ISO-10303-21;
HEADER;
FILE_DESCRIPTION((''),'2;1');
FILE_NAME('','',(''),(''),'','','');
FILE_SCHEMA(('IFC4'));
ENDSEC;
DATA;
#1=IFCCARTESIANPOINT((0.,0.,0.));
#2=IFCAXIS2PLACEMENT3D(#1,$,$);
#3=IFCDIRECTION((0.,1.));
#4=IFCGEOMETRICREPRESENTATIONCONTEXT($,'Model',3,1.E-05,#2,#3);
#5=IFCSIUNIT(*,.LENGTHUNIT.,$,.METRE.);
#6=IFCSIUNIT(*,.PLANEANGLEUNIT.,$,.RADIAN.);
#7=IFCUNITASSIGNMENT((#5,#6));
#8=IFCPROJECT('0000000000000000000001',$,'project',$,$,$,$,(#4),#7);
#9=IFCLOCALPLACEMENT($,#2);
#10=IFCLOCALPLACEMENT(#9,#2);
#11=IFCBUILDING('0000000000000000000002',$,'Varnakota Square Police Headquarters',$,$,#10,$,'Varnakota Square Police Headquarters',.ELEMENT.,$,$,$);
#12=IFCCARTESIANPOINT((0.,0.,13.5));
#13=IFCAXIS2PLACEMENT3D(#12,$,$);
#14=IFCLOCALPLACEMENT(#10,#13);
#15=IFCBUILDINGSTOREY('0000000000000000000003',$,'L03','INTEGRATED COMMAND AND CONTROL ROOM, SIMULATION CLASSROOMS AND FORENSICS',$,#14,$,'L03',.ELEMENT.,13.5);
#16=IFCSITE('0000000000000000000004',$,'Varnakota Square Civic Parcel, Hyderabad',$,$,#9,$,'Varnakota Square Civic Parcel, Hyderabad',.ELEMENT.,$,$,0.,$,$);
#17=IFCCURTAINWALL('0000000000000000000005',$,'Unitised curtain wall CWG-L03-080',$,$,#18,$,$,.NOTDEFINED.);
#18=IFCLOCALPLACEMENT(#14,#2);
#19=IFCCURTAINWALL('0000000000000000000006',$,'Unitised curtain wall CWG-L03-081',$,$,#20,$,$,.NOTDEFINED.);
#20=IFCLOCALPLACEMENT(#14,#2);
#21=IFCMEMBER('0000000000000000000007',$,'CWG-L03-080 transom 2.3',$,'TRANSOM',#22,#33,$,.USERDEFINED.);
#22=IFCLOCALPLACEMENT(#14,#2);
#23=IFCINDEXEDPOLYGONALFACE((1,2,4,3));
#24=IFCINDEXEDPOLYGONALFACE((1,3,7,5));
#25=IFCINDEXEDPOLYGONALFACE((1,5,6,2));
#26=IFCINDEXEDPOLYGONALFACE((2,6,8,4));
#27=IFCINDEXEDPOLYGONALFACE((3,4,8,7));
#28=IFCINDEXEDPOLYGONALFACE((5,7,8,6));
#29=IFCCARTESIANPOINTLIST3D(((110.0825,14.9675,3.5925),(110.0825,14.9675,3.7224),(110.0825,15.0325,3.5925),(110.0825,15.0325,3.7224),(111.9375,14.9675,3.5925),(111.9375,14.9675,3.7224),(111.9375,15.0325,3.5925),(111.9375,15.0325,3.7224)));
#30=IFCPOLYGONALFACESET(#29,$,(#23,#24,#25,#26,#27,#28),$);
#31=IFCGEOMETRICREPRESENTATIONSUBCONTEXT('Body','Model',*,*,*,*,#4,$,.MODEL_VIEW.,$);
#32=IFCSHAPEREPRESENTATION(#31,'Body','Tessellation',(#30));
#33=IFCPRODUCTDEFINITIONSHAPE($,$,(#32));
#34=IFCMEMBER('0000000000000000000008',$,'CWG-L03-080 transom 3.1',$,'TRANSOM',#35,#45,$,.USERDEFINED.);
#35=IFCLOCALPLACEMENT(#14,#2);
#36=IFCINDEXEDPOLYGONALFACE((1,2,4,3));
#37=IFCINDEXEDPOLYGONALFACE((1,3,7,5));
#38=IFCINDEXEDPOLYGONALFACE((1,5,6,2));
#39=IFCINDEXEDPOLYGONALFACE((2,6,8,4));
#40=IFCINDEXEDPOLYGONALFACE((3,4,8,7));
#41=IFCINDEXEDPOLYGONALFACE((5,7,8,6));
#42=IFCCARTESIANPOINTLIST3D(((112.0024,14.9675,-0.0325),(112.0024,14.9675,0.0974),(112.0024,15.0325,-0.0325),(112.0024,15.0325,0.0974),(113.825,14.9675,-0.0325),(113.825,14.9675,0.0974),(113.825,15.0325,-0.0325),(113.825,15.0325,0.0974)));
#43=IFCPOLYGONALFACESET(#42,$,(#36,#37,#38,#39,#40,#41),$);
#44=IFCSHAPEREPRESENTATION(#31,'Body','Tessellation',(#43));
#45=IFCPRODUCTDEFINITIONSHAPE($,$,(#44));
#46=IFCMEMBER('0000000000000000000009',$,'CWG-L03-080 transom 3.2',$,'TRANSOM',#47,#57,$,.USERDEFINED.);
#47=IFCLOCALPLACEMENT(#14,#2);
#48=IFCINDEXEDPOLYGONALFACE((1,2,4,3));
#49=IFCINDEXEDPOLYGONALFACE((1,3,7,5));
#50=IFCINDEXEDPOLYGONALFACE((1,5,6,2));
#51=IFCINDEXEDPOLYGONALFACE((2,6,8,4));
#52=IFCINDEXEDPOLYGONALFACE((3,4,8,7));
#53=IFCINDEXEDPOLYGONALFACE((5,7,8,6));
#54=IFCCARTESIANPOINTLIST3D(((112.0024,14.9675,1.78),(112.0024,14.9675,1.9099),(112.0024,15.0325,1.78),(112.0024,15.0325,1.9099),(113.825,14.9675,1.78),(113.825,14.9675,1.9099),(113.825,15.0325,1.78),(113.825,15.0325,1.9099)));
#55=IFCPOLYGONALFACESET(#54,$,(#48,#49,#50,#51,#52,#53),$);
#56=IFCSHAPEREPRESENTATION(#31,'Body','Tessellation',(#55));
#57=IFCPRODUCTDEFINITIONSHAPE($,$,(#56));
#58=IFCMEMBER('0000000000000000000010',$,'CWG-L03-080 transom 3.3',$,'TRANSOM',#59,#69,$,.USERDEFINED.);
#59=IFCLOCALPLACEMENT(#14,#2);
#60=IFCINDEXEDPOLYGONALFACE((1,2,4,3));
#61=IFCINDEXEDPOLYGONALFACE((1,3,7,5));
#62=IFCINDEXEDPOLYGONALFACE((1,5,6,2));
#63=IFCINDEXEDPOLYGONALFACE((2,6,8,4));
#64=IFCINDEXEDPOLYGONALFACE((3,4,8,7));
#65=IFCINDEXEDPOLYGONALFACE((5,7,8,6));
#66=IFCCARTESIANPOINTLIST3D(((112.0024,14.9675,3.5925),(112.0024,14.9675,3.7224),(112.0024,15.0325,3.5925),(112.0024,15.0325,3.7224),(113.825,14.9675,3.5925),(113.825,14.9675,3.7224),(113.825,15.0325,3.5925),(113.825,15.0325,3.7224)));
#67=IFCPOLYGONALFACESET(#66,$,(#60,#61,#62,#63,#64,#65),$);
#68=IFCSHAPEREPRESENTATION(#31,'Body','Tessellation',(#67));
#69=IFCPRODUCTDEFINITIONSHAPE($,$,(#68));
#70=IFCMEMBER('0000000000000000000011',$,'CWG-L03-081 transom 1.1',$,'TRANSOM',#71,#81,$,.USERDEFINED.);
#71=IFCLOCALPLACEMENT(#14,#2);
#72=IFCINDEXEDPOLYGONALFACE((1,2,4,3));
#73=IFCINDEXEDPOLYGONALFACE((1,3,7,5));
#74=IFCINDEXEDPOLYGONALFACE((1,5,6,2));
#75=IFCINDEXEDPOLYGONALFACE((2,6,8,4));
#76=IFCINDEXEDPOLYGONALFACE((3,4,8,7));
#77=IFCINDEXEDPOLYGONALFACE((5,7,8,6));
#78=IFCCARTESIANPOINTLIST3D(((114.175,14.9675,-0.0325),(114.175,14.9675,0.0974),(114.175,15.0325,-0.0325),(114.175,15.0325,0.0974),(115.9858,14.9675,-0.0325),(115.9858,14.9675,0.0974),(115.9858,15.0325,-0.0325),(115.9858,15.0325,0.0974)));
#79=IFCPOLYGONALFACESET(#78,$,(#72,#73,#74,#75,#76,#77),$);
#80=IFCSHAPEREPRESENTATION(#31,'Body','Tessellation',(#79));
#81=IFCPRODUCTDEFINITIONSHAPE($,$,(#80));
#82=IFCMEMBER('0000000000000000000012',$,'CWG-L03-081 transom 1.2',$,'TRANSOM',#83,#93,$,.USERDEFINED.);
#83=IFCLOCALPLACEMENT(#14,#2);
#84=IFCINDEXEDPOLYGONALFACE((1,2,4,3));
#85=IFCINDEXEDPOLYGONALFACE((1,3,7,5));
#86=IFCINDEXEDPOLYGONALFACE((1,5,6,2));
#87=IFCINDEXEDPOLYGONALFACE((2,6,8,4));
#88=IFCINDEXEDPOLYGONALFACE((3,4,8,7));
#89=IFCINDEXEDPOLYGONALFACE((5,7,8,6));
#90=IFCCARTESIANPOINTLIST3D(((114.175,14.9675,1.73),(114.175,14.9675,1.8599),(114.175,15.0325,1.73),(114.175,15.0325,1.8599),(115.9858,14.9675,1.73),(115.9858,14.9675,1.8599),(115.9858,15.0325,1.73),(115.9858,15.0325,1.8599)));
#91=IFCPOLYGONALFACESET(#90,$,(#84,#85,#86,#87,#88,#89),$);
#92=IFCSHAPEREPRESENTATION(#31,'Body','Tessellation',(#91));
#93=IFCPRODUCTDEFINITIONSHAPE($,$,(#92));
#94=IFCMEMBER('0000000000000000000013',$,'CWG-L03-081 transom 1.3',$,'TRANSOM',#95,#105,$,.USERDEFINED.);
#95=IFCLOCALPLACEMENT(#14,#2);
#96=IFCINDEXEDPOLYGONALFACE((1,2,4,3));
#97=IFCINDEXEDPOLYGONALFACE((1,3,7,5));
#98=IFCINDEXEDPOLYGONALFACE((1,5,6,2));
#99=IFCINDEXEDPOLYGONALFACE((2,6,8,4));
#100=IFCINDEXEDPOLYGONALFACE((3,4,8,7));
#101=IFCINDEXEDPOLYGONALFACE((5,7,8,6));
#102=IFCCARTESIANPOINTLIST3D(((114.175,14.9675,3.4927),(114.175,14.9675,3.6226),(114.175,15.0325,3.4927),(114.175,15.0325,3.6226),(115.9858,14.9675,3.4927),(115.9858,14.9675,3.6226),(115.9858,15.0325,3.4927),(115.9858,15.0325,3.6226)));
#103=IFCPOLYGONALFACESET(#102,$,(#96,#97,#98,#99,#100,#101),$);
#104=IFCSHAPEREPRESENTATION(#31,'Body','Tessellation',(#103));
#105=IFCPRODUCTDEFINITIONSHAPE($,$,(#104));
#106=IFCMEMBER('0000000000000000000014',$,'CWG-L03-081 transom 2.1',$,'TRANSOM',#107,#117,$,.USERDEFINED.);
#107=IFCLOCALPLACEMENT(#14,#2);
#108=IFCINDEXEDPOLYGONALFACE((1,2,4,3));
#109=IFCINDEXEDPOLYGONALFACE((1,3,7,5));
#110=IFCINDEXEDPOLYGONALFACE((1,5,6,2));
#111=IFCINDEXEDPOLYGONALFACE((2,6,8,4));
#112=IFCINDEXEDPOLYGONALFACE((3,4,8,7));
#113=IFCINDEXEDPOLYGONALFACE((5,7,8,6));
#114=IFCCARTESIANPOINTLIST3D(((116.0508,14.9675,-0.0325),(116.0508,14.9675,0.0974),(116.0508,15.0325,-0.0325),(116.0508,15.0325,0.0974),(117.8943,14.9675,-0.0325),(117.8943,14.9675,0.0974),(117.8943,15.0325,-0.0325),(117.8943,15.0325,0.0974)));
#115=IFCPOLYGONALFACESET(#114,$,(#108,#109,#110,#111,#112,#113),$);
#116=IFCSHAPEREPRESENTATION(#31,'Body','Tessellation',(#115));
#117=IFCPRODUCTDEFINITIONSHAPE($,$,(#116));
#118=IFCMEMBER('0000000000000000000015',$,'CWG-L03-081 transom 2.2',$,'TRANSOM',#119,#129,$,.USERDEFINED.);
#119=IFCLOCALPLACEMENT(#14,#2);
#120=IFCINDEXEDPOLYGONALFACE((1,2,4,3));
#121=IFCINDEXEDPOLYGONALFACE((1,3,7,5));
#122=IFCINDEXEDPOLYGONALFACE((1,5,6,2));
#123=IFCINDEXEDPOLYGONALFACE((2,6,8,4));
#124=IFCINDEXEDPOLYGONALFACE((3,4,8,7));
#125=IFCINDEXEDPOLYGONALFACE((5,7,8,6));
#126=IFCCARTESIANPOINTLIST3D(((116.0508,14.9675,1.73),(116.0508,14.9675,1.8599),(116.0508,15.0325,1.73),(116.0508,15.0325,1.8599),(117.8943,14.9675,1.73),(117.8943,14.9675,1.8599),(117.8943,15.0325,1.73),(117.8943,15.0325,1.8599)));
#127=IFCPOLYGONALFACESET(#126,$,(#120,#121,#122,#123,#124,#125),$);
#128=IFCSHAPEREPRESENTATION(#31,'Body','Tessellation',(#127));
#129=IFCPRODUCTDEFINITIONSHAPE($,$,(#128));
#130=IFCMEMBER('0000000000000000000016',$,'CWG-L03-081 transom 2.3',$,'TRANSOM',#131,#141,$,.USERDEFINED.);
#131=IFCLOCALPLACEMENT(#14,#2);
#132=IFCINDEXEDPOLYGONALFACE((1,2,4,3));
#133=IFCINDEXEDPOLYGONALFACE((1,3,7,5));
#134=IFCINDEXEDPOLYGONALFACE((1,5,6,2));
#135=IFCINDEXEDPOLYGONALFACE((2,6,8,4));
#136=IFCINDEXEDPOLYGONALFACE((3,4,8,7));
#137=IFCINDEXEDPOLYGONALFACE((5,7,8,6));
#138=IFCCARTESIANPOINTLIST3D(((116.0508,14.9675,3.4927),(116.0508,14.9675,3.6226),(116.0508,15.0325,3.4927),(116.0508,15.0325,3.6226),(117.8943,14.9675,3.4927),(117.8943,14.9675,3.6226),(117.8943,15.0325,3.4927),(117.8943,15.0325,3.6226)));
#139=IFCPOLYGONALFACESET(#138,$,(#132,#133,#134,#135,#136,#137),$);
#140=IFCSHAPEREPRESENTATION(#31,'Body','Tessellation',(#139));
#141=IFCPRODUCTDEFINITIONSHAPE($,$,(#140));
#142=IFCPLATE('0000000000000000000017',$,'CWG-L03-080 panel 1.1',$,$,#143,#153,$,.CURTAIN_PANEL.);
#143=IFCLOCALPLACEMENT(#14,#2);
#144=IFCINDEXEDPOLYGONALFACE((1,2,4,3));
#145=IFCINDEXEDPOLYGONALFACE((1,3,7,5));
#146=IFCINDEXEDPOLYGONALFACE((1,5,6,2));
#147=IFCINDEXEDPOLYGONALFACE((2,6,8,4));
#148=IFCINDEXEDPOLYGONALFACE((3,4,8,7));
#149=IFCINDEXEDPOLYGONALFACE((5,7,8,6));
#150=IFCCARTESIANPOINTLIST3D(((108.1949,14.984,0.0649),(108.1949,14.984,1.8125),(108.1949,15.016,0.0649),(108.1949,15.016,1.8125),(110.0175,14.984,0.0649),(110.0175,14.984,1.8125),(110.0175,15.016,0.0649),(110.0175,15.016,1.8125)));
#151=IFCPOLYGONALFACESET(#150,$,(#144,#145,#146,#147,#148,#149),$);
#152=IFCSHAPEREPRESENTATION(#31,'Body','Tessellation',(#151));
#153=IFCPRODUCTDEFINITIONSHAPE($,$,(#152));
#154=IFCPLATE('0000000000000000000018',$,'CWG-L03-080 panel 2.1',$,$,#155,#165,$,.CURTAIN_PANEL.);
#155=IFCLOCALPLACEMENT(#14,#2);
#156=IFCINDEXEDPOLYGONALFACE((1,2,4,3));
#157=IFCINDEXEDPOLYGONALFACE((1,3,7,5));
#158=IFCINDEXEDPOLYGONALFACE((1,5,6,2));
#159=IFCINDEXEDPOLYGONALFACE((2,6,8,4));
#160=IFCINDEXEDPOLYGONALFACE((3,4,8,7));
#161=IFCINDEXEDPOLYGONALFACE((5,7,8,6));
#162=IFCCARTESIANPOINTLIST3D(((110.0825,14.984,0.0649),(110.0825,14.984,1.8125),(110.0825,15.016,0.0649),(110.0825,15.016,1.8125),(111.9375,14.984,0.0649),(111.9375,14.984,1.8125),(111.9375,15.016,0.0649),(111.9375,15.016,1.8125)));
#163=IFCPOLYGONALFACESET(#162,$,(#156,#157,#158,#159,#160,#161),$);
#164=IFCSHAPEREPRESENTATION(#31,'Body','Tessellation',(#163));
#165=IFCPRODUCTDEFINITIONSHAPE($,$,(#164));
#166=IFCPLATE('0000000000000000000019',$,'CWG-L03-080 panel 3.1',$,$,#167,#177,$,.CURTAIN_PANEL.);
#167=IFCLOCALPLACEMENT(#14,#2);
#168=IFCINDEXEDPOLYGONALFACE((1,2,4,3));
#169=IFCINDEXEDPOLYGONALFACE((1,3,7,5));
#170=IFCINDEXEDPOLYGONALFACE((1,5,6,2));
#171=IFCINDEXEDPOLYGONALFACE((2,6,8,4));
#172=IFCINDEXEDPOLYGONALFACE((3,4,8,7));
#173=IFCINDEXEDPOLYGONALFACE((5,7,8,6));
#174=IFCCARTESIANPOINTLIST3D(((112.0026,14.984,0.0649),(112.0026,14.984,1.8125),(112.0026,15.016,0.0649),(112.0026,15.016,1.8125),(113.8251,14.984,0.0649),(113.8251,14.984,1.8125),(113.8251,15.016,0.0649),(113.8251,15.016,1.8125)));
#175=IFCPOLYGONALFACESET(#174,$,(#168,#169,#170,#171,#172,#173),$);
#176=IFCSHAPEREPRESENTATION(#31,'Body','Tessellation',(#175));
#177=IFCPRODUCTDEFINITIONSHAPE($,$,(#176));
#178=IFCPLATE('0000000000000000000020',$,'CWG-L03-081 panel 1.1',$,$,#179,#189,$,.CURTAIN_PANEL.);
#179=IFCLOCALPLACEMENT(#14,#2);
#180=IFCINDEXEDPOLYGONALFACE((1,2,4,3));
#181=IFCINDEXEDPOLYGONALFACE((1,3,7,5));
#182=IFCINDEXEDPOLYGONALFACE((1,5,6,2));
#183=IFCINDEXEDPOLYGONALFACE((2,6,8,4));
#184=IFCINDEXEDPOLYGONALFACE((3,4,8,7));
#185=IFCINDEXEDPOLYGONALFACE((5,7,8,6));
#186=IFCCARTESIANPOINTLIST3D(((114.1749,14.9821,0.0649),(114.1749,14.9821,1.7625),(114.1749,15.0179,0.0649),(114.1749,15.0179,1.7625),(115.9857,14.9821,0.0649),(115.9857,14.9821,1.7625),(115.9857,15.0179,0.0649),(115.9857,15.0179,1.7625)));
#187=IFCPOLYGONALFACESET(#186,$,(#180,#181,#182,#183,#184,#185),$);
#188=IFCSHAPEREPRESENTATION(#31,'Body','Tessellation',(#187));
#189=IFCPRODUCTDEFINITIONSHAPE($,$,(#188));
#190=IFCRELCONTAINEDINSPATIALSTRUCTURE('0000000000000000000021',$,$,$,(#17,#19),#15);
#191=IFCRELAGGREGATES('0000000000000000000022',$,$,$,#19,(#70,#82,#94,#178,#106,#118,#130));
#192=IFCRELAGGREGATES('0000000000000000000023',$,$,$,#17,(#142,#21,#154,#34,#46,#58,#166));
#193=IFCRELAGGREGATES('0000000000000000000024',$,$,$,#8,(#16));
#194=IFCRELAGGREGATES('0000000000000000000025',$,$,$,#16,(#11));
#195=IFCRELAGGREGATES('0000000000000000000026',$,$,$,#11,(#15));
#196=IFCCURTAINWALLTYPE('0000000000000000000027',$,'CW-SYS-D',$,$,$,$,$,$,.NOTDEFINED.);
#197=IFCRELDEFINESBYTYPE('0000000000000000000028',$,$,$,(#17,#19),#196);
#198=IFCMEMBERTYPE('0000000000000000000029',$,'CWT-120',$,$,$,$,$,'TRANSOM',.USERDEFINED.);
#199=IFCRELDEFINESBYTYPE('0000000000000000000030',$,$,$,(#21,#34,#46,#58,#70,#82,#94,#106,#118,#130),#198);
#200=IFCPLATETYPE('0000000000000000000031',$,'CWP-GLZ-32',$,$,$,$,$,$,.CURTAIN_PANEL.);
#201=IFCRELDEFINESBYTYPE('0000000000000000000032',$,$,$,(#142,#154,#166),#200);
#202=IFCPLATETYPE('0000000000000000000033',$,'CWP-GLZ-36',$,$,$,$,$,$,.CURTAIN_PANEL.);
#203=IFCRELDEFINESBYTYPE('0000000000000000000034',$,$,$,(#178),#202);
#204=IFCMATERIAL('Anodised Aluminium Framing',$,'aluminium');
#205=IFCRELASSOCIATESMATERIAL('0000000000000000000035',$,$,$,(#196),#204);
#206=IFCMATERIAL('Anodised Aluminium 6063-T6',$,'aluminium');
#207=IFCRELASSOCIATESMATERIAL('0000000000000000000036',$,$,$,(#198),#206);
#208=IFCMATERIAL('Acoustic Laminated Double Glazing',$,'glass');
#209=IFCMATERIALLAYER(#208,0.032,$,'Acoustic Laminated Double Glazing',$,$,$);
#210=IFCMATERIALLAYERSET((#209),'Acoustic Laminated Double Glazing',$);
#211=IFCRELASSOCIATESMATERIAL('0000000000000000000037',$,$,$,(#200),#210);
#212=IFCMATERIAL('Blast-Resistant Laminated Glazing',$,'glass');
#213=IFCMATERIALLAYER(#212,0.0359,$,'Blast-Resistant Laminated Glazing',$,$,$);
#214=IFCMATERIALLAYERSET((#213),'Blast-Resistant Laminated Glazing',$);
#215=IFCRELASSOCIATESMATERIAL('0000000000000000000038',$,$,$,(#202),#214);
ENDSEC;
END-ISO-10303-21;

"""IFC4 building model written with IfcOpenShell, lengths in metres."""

from ifc_helpers import new_model, si_unit, direction, frame, origin, origin_2d, place, context, subcontext, project, spatial, rectangle, extrude, material, layer, layer_set, material_profile, profile_set, type_object, element, aggregate, save


model = new_model("IFC4")

# Units and contexts
model_context = context("Model", 3, precision=1e-05, world=origin(), true_north=direction((0.0, 1.0)))
body_context = subcontext(model_context, "Body", "Model", "MODEL_VIEW")
ifc_project = project(units=[si_unit("LENGTHUNIT", "METRE"), si_unit("PLANEANGLEUNIT", "RADIAN")], contexts=[model_context])

# Site, building, storey
site_placement = place(None, origin())
site = spatial("IfcSite", under=ifc_project, at=site_placement, Name="Varnakota Square Civic Parcel, Hyderabad", LongName="Varnakota Square Civic Parcel, Hyderabad", CompositionType="ELEMENT", RefElevation=0.0)
building_placement = place(site_placement, origin())
building = spatial("IfcBuilding", under=site, at=building_placement, Name="Varnakota Square Police Headquarters", LongName="Varnakota Square Police Headquarters", CompositionType="ELEMENT")
storey_placement = place(building_placement, frame((0.0, 0.0, 13.5)))
storey = spatial("IfcBuildingStorey", under=building, at=storey_placement, Name="L03", Description="INTEGRATED COMMAND AND CONTROL ROOM, SIMULATION CLASSROOMS AND FORENSICS", LongName="L03", CompositionType="ELEMENT", Elevation=13.5)

# Curtain walls
ifc_material_1 = material(Name="Anodised Aluminium Framing", Category="aluminium")
curtain_wall_type = type_object("IfcCurtainWallType", Name="CW-SYS-D", PredefinedType="NOTDEFINED", material=ifc_material_1)
curtain_wall_1_placement = place(storey_placement, origin())
curtain_wall_1 = element("IfcCurtainWall", 1, at=curtain_wall_1_placement, inside=storey, type_object=curtain_wall_type, Name="Unitised curtain wall CWG-L03-080", PredefinedType="NOTDEFINED")
ifc_material_2 = material(Name="Anodised Aluminium 6063-T6", Category="aluminium")
curtain_wall_2_placement = place(storey_placement, origin())
curtain_wall_2 = element("IfcCurtainWall", 2, at=curtain_wall_2_placement, inside=storey, type_object=curtain_wall_type, Name="Unitised curtain wall CWG-L03-081", PredefinedType="NOTDEFINED")

# Members
ifc_material_profile_1 = material_profile(ifc_material_2, rectangle(XDim=0.0649, YDim=0.1299, at=origin_2d()), Name="ALU TRANSOM 65x130")
ifc_profile_set_1 = profile_set([ifc_material_profile_1], Name="Anodised Aluminium 6063-T6")
member_type_1 = type_object("IfcMemberType", Name="CWT-120", ElementType="TRANSOM", PredefinedType="USERDEFINED", material=ifc_profile_set_1)
member_1_placement = place(storey_placement, frame((110.0825, 15.0, 3.6575), z_axis=(1.0, 0.0, 0.0), x_axis=(0.0, 1.0, 0.0)))
member_1 = element("IfcMember", 3, at=member_1_placement, type_object=member_type_1, Name="CWG-L03-080 transom 2.3", ObjectType="TRANSOM", PredefinedType="USERDEFINED", context=body_context, shape_type="SweptSolid", body=[
    extrude(rectangle(XDim=0.0649, YDim=0.1299, at=origin_2d()), origin(), (0.0, 0.0, 1.0), 1.855),
])
member_2_placement = place(storey_placement, frame((112.0024, 15.0, 0.0325), z_axis=(1.0, 0.0, 0.0), x_axis=(0.0, 1.0, 0.0)))
member_2 = element("IfcMember", 4, at=member_2_placement, type_object=member_type_1, Name="CWG-L03-080 transom 3.1", ObjectType="TRANSOM", PredefinedType="USERDEFINED", context=body_context, shape_type="SweptSolid", body=[
    extrude(rectangle(XDim=0.0649, YDim=0.1299, at=origin_2d()), origin(), (0.0, 0.0, 1.0), 1.8225),
])
member_3_placement = place(storey_placement, frame((112.0024, 15.0, 1.845), z_axis=(1.0, 0.0, 0.0), x_axis=(0.0, 1.0, 0.0)))
member_3 = element("IfcMember", 5, at=member_3_placement, type_object=member_type_1, Name="CWG-L03-080 transom 3.2", ObjectType="TRANSOM", PredefinedType="USERDEFINED", context=body_context, shape_type="SweptSolid", body=[
    extrude(rectangle(XDim=0.0649, YDim=0.1299, at=origin_2d()), origin(), (0.0, 0.0, 1.0), 1.8225),
])
member_4_placement = place(storey_placement, frame((112.0024, 15.0, 3.6575), z_axis=(1.0, 0.0, 0.0), x_axis=(0.0, 1.0, 0.0)))
member_4 = element("IfcMember", 6, at=member_4_placement, type_object=member_type_1, Name="CWG-L03-080 transom 3.3", ObjectType="TRANSOM", PredefinedType="USERDEFINED", context=body_context, shape_type="SweptSolid", body=[
    extrude(rectangle(XDim=0.0649, YDim=0.1299, at=origin_2d()), origin(), (0.0, 0.0, 1.0), 1.8225),
])
member_5_placement = place(storey_placement, frame((114.175, 15.0, 0.0325), z_axis=(1.0, 0.0, 0.0), x_axis=(0.0, 1.0, 0.0)))
member_5 = element("IfcMember", 7, at=member_5_placement, type_object=member_type_1, Name="CWG-L03-081 transom 1.1", ObjectType="TRANSOM", PredefinedType="USERDEFINED", context=body_context, shape_type="SweptSolid", body=[
    extrude(rectangle(XDim=0.0649, YDim=0.1299, at=origin_2d()), origin(), (0.0, 0.0, 1.0), 1.8108),
])
member_6_placement = place(storey_placement, frame((114.175, 15.0, 1.7949), z_axis=(1.0, 0.0, 0.0), x_axis=(0.0, 1.0, 0.0)))
member_6 = element("IfcMember", 8, at=member_6_placement, type_object=member_type_1, Name="CWG-L03-081 transom 1.2", ObjectType="TRANSOM", PredefinedType="USERDEFINED", context=body_context, shape_type="SweptSolid", body=[
    extrude(rectangle(XDim=0.0649, YDim=0.1299, at=origin_2d()), origin(), (0.0, 0.0, 1.0), 1.8108),
])
member_7_placement = place(storey_placement, frame((114.175, 15.0, 3.5576), z_axis=(1.0, 0.0, 0.0), x_axis=(0.0, 1.0, 0.0)))
member_7 = element("IfcMember", 9, at=member_7_placement, type_object=member_type_1, Name="CWG-L03-081 transom 1.3", ObjectType="TRANSOM", PredefinedType="USERDEFINED", context=body_context, shape_type="SweptSolid", body=[
    extrude(rectangle(XDim=0.0649, YDim=0.1299, at=origin_2d()), origin(), (0.0, 0.0, 1.0), 1.8108),
])
member_8_placement = place(storey_placement, frame((116.0508, 15.0, 0.0325), z_axis=(1.0, 0.0, 0.0), x_axis=(0.0, 1.0, 0.0)))
member_8 = element("IfcMember", 10, at=member_8_placement, type_object=member_type_1, Name="CWG-L03-081 transom 2.1", ObjectType="TRANSOM", PredefinedType="USERDEFINED", context=body_context, shape_type="SweptSolid", body=[
    extrude(rectangle(XDim=0.0649, YDim=0.1299, at=origin_2d()), origin(), (0.0, 0.0, 1.0), 1.8435),
])
member_9_placement = place(storey_placement, frame((116.0508, 15.0, 1.7949), z_axis=(1.0, 0.0, 0.0), x_axis=(0.0, 1.0, 0.0)))
member_9 = element("IfcMember", 11, at=member_9_placement, type_object=member_type_1, Name="CWG-L03-081 transom 2.2", ObjectType="TRANSOM", PredefinedType="USERDEFINED", context=body_context, shape_type="SweptSolid", body=[
    extrude(rectangle(XDim=0.0649, YDim=0.1299, at=origin_2d()), origin(), (0.0, 0.0, 1.0), 1.8435),
])
member_10_placement = place(storey_placement, frame((116.0508, 15.0, 3.5576), z_axis=(1.0, 0.0, 0.0), x_axis=(0.0, 1.0, 0.0)))
member_10 = element("IfcMember", 12, at=member_10_placement, type_object=member_type_1, Name="CWG-L03-081 transom 2.3", ObjectType="TRANSOM", PredefinedType="USERDEFINED", context=body_context, shape_type="SweptSolid", body=[
    extrude(rectangle(XDim=0.0649, YDim=0.1299, at=origin_2d()), origin(), (0.0, 0.0, 1.0), 1.8435),
])

# Plates
ifc_material_3 = material(Name="Acoustic Laminated Double Glazing", Category="glass")
ifc_layer_1 = layer(ifc_material_3, 0.032, Name="Acoustic Laminated Double Glazing")
ifc_layer_set_1 = layer_set([ifc_layer_1], Name="Acoustic Laminated Double Glazing")
plate_type_1 = type_object("IfcPlateType", Name="CWP-GLZ-32", PredefinedType="CURTAIN_PANEL", material=ifc_layer_set_1)
plate_1_placement = place(storey_placement, frame((109.1062, 15.0, 0.0649), z_axis=(0.0, 0.0, 1.0), x_axis=(1.0, 0.0, 0.0)))
plate_1 = element("IfcPlate", 13, at=plate_1_placement, type_object=plate_type_1, Name="CWG-L03-080 panel 1.1", PredefinedType="CURTAIN_PANEL", context=body_context, shape_type="SweptSolid", body=[
    extrude(rectangle(XDim=1.8225, YDim=0.032, at=origin_2d()), origin(), (0.0, 0.0, 1.0), 1.7476),
])
plate_2_placement = place(storey_placement, frame((111.01, 15.0, 0.0649), z_axis=(0.0, 0.0, 1.0), x_axis=(1.0, 0.0, 0.0)))
plate_2 = element("IfcPlate", 14, at=plate_2_placement, type_object=plate_type_1, Name="CWG-L03-080 panel 2.1", PredefinedType="CURTAIN_PANEL", context=body_context, shape_type="SweptSolid", body=[
    extrude(rectangle(XDim=1.855, YDim=0.032, at=origin_2d()), origin(), (0.0, 0.0, 1.0), 1.7476),
])
plate_3_placement = place(storey_placement, frame((112.9138, 15.0, 0.0649), z_axis=(0.0, 0.0, 1.0), x_axis=(1.0, 0.0, 0.0)))
plate_3 = element("IfcPlate", 15, at=plate_3_placement, type_object=plate_type_1, Name="CWG-L03-080 panel 3.1", PredefinedType="CURTAIN_PANEL", context=body_context, shape_type="SweptSolid", body=[
    extrude(rectangle(XDim=1.8225, YDim=0.032, at=origin_2d()), origin(), (0.0, 0.0, 1.0), 1.7476),
])
ifc_material_4 = material(Name="Blast-Resistant Laminated Glazing", Category="glass")
ifc_layer_2 = layer(ifc_material_4, 0.0359, Name="Blast-Resistant Laminated Glazing")
ifc_layer_set_2 = layer_set([ifc_layer_2], Name="Blast-Resistant Laminated Glazing")
plate_type_2 = type_object("IfcPlateType", Name="CWP-GLZ-36", PredefinedType="CURTAIN_PANEL", material=ifc_layer_set_2)
plate_4_placement = place(storey_placement, frame((115.0803, 15.0, 0.0649), z_axis=(0.0, 0.0, 1.0), x_axis=(1.0, 0.0, 0.0)))
plate_4 = element("IfcPlate", 16, at=plate_4_placement, type_object=plate_type_2, Name="CWG-L03-081 panel 1.1", PredefinedType="CURTAIN_PANEL", context=body_context, shape_type="SweptSolid", body=[
    extrude(rectangle(XDim=1.8108, YDim=0.0359, at=origin_2d()), origin(), (0.0, 0.0, 1.0), 1.6975),
])
aggregate(curtain_wall_2, [member_5, member_6, member_7, plate_4, member_8, member_9, member_10])
aggregate(curtain_wall_1, [plate_1, member_1, plate_2, member_2, member_3, member_4, plate_3])

save(model, "model.ifc")
